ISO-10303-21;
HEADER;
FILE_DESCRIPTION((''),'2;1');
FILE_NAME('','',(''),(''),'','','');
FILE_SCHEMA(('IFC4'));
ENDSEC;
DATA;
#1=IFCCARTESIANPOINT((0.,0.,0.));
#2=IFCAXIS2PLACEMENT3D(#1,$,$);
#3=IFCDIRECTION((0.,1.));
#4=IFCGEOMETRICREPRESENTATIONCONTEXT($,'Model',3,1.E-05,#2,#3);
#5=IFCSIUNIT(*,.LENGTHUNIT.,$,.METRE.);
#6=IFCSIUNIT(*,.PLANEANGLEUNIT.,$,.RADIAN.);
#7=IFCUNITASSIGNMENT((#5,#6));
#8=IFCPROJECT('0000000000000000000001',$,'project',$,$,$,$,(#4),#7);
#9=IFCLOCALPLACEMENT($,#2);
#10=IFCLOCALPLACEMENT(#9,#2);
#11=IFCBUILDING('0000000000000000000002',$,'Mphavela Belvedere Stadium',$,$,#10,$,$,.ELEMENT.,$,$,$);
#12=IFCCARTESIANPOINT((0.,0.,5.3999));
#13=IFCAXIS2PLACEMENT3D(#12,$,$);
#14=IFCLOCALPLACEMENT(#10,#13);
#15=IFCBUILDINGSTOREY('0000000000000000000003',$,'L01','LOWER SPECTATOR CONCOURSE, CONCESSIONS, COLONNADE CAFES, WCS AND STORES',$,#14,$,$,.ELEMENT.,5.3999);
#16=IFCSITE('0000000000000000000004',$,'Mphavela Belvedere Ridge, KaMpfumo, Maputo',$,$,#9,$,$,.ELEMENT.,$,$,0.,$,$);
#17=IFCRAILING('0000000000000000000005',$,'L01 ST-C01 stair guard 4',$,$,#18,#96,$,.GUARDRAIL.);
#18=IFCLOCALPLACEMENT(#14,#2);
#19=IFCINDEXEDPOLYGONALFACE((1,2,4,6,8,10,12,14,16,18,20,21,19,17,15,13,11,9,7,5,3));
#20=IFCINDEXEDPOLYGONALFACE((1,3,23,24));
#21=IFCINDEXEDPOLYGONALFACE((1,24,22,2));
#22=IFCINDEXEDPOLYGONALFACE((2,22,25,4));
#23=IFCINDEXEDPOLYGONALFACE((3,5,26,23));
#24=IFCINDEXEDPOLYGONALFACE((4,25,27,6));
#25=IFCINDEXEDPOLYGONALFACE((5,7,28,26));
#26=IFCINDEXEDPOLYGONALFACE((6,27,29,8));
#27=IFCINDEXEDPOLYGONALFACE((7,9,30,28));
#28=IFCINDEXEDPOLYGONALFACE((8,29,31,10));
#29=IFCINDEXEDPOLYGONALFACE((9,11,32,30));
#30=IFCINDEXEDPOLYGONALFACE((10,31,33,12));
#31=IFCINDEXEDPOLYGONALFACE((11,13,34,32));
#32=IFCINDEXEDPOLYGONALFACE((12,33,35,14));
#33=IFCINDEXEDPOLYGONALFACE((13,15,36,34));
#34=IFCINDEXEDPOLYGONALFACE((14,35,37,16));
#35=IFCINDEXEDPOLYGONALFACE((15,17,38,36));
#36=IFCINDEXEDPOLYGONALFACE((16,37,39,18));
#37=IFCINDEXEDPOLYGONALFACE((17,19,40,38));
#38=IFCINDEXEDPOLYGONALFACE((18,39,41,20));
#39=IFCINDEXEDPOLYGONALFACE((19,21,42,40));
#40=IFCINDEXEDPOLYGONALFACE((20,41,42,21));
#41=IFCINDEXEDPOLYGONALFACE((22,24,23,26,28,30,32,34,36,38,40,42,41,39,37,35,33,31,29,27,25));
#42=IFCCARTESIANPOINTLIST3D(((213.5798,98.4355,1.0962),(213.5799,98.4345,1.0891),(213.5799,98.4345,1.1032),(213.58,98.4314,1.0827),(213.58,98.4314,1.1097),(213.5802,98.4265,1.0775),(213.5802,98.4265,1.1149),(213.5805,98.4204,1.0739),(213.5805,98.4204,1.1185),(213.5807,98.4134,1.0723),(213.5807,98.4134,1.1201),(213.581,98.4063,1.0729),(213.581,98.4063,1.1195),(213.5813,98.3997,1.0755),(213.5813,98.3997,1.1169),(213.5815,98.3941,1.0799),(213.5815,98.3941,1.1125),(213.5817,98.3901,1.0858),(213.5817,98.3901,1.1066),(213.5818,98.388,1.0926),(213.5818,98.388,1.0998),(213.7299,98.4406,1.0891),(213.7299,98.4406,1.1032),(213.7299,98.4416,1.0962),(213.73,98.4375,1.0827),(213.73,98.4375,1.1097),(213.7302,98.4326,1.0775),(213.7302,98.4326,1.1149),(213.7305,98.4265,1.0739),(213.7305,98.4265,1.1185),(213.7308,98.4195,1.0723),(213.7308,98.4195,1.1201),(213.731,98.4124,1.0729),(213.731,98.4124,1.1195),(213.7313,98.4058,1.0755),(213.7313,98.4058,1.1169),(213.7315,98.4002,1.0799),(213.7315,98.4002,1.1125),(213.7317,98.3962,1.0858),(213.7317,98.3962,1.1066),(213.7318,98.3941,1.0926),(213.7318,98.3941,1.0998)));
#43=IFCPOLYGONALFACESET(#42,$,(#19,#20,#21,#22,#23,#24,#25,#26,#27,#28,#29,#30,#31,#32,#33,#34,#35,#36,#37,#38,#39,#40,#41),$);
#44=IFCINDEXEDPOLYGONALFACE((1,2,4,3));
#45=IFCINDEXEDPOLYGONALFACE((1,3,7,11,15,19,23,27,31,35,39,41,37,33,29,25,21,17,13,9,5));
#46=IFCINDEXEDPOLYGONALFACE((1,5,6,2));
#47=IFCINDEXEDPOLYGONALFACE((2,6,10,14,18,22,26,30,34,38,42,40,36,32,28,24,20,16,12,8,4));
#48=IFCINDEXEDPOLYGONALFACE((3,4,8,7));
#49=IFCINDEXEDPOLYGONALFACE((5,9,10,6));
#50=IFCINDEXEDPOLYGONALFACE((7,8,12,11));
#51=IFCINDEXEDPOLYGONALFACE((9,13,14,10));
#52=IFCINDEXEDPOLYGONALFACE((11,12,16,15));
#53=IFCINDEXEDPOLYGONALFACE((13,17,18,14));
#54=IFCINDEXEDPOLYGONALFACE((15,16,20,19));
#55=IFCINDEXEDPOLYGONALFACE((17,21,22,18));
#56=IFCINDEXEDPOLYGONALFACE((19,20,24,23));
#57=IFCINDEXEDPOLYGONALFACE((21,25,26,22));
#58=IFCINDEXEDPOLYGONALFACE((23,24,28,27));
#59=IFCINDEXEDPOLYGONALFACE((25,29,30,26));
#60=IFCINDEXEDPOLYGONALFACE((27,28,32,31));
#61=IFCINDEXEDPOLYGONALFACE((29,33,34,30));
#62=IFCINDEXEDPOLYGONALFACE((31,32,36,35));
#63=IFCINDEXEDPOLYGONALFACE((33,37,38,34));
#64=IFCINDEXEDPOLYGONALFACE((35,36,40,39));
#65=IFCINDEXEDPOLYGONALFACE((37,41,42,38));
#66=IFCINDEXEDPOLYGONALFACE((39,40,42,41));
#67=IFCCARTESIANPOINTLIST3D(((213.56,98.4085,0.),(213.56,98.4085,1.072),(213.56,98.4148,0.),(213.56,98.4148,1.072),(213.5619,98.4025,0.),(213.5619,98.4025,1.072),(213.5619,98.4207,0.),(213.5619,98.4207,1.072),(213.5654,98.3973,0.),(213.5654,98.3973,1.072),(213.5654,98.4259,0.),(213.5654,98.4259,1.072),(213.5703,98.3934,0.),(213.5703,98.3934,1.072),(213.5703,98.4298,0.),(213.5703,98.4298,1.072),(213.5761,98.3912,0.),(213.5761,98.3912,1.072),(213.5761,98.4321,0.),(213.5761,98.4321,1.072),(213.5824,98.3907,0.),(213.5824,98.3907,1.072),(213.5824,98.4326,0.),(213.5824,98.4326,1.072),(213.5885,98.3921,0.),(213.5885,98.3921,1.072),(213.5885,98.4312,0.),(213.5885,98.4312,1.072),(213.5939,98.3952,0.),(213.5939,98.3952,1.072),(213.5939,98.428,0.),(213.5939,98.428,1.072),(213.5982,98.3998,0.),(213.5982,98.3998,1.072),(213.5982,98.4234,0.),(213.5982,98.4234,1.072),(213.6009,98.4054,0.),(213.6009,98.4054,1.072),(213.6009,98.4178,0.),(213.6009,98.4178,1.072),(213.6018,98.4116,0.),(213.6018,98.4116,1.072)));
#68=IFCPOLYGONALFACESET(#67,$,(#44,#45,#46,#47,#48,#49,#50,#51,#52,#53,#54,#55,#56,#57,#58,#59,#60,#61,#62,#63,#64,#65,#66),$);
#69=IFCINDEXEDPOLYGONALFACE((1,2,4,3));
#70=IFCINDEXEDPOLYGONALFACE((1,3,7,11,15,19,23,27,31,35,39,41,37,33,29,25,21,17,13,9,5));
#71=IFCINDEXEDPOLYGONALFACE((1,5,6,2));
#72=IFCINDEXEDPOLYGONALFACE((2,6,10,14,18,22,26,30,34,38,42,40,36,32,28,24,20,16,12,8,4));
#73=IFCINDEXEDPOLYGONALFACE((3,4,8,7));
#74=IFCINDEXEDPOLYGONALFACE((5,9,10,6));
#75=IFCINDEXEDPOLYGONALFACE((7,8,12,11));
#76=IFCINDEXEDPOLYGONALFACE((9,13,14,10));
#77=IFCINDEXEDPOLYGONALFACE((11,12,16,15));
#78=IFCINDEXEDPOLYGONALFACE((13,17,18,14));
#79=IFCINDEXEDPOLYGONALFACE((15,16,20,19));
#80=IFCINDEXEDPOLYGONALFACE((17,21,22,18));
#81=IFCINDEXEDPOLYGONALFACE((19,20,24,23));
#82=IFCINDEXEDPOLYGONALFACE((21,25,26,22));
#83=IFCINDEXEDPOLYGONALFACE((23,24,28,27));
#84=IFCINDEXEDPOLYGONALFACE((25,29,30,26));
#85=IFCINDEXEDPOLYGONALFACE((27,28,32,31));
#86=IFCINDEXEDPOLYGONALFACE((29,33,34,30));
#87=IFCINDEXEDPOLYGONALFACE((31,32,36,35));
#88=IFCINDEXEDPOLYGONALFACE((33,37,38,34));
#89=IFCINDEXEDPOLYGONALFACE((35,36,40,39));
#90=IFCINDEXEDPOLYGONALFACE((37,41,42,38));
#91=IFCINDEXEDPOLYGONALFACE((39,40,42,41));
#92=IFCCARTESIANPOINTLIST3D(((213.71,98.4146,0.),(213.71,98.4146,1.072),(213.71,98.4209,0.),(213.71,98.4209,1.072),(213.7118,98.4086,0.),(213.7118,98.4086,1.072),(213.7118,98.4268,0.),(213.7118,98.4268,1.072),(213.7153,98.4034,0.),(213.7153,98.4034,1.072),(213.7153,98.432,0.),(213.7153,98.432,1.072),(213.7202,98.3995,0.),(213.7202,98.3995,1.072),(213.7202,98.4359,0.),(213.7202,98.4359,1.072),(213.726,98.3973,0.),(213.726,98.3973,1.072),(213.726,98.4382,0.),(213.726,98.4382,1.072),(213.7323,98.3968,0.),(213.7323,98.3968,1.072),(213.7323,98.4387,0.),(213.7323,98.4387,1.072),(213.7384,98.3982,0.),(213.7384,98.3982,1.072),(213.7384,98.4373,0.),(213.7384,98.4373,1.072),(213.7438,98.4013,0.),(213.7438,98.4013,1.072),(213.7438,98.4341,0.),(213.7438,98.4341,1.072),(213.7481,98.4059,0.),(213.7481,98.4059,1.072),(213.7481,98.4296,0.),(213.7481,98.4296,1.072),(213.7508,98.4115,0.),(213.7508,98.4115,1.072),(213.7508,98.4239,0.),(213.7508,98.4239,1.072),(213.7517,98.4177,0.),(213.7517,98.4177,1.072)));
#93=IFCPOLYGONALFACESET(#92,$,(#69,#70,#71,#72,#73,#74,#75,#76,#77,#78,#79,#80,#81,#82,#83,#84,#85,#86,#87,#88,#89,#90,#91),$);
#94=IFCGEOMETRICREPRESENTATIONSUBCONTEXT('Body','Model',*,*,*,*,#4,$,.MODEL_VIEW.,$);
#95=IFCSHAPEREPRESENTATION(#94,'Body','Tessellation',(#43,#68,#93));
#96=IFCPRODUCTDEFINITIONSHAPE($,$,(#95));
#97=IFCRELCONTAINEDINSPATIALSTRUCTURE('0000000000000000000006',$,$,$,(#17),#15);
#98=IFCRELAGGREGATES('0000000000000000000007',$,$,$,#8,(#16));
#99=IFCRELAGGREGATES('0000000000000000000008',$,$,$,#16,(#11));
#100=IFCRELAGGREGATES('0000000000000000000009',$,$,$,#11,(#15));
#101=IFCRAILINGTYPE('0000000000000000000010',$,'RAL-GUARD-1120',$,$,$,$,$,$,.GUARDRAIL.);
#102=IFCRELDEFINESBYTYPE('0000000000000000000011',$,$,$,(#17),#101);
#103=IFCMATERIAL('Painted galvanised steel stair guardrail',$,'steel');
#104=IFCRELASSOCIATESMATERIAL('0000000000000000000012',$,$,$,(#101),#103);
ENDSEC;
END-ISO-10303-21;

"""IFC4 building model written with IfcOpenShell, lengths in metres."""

from ifc_helpers import new_model, si_unit, direction, frame, origin, origin_2d, place, context, subcontext, project, spatial, circle, extrude, material, type_object, element, save


model = new_model("IFC4")

# Units and contexts
model_context = context("Model", 3, precision=1e-05, world=origin(), true_north=direction((0.0, 1.0)))
body_context = subcontext(model_context, "Body", "Model", "MODEL_VIEW")
ifc_project = project(units=[si_unit("LENGTHUNIT", "METRE"), si_unit("PLANEANGLEUNIT", "RADIAN")], contexts=[model_context])

# Site, building, storey
site_placement = place(None, origin())
site = spatial("IfcSite", under=ifc_project, at=site_placement, Name="Mphavela Belvedere Ridge, KaMpfumo, Maputo", CompositionType="ELEMENT", RefElevation=0.0)
building_placement = place(site_placement, origin())
building = spatial("IfcBuilding", under=site, at=building_placement, Name="Mphavela Belvedere Stadium", CompositionType="ELEMENT")
storey_placement = place(building_placement, frame((0.0, 0.0, 5.3999)))
storey = spatial("IfcBuildingStorey", under=building, at=storey_placement, Name="L01", Description="LOWER SPECTATOR CONCOURSE, CONCESSIONS, COLONNADE CAFES, WCS AND STORES", CompositionType="ELEMENT", Elevation=5.3999)

# Railing
ifc_material_1 = material(Name="Painted galvanised steel stair guardrail", Category="steel")
railing_type_1 = type_object("IfcRailingType", Name="RAL-GUARD-1120", PredefinedType="GUARDRAIL", material=ifc_material_1)
railing_1_placement = place(storey_placement, frame((213.5808, 98.4116, 0.0)))
element("IfcRailing", 1, at=railing_1_placement, inside=storey, type_object=railing_type_1, Name="L01 ST-C01 stair guard 4", PredefinedType="GUARDRAIL", context=body_context, shape_type="SweptSolid", body=[
    extrude(circle(Radius=0.0239, at=origin_2d()), frame((0.0, 0.0, 1.0962), z_axis=(0.999172, 0.040683, 0.0), x_axis=(-0.040683, 0.999172, 0.0)), (0.0, 0.0, 1.0), 0.1501),
    extrude(circle(Radius=0.021, at=origin_2d()), origin(), (0.0, 0.0, 1.0), 1.072),
    extrude(circle(Radius=0.021, at=origin_2d()), frame((0.1499, 0.0061, 0.0)), (0.0, 0.0, 1.0), 1.072),
])

save(model, "model.ifc")
